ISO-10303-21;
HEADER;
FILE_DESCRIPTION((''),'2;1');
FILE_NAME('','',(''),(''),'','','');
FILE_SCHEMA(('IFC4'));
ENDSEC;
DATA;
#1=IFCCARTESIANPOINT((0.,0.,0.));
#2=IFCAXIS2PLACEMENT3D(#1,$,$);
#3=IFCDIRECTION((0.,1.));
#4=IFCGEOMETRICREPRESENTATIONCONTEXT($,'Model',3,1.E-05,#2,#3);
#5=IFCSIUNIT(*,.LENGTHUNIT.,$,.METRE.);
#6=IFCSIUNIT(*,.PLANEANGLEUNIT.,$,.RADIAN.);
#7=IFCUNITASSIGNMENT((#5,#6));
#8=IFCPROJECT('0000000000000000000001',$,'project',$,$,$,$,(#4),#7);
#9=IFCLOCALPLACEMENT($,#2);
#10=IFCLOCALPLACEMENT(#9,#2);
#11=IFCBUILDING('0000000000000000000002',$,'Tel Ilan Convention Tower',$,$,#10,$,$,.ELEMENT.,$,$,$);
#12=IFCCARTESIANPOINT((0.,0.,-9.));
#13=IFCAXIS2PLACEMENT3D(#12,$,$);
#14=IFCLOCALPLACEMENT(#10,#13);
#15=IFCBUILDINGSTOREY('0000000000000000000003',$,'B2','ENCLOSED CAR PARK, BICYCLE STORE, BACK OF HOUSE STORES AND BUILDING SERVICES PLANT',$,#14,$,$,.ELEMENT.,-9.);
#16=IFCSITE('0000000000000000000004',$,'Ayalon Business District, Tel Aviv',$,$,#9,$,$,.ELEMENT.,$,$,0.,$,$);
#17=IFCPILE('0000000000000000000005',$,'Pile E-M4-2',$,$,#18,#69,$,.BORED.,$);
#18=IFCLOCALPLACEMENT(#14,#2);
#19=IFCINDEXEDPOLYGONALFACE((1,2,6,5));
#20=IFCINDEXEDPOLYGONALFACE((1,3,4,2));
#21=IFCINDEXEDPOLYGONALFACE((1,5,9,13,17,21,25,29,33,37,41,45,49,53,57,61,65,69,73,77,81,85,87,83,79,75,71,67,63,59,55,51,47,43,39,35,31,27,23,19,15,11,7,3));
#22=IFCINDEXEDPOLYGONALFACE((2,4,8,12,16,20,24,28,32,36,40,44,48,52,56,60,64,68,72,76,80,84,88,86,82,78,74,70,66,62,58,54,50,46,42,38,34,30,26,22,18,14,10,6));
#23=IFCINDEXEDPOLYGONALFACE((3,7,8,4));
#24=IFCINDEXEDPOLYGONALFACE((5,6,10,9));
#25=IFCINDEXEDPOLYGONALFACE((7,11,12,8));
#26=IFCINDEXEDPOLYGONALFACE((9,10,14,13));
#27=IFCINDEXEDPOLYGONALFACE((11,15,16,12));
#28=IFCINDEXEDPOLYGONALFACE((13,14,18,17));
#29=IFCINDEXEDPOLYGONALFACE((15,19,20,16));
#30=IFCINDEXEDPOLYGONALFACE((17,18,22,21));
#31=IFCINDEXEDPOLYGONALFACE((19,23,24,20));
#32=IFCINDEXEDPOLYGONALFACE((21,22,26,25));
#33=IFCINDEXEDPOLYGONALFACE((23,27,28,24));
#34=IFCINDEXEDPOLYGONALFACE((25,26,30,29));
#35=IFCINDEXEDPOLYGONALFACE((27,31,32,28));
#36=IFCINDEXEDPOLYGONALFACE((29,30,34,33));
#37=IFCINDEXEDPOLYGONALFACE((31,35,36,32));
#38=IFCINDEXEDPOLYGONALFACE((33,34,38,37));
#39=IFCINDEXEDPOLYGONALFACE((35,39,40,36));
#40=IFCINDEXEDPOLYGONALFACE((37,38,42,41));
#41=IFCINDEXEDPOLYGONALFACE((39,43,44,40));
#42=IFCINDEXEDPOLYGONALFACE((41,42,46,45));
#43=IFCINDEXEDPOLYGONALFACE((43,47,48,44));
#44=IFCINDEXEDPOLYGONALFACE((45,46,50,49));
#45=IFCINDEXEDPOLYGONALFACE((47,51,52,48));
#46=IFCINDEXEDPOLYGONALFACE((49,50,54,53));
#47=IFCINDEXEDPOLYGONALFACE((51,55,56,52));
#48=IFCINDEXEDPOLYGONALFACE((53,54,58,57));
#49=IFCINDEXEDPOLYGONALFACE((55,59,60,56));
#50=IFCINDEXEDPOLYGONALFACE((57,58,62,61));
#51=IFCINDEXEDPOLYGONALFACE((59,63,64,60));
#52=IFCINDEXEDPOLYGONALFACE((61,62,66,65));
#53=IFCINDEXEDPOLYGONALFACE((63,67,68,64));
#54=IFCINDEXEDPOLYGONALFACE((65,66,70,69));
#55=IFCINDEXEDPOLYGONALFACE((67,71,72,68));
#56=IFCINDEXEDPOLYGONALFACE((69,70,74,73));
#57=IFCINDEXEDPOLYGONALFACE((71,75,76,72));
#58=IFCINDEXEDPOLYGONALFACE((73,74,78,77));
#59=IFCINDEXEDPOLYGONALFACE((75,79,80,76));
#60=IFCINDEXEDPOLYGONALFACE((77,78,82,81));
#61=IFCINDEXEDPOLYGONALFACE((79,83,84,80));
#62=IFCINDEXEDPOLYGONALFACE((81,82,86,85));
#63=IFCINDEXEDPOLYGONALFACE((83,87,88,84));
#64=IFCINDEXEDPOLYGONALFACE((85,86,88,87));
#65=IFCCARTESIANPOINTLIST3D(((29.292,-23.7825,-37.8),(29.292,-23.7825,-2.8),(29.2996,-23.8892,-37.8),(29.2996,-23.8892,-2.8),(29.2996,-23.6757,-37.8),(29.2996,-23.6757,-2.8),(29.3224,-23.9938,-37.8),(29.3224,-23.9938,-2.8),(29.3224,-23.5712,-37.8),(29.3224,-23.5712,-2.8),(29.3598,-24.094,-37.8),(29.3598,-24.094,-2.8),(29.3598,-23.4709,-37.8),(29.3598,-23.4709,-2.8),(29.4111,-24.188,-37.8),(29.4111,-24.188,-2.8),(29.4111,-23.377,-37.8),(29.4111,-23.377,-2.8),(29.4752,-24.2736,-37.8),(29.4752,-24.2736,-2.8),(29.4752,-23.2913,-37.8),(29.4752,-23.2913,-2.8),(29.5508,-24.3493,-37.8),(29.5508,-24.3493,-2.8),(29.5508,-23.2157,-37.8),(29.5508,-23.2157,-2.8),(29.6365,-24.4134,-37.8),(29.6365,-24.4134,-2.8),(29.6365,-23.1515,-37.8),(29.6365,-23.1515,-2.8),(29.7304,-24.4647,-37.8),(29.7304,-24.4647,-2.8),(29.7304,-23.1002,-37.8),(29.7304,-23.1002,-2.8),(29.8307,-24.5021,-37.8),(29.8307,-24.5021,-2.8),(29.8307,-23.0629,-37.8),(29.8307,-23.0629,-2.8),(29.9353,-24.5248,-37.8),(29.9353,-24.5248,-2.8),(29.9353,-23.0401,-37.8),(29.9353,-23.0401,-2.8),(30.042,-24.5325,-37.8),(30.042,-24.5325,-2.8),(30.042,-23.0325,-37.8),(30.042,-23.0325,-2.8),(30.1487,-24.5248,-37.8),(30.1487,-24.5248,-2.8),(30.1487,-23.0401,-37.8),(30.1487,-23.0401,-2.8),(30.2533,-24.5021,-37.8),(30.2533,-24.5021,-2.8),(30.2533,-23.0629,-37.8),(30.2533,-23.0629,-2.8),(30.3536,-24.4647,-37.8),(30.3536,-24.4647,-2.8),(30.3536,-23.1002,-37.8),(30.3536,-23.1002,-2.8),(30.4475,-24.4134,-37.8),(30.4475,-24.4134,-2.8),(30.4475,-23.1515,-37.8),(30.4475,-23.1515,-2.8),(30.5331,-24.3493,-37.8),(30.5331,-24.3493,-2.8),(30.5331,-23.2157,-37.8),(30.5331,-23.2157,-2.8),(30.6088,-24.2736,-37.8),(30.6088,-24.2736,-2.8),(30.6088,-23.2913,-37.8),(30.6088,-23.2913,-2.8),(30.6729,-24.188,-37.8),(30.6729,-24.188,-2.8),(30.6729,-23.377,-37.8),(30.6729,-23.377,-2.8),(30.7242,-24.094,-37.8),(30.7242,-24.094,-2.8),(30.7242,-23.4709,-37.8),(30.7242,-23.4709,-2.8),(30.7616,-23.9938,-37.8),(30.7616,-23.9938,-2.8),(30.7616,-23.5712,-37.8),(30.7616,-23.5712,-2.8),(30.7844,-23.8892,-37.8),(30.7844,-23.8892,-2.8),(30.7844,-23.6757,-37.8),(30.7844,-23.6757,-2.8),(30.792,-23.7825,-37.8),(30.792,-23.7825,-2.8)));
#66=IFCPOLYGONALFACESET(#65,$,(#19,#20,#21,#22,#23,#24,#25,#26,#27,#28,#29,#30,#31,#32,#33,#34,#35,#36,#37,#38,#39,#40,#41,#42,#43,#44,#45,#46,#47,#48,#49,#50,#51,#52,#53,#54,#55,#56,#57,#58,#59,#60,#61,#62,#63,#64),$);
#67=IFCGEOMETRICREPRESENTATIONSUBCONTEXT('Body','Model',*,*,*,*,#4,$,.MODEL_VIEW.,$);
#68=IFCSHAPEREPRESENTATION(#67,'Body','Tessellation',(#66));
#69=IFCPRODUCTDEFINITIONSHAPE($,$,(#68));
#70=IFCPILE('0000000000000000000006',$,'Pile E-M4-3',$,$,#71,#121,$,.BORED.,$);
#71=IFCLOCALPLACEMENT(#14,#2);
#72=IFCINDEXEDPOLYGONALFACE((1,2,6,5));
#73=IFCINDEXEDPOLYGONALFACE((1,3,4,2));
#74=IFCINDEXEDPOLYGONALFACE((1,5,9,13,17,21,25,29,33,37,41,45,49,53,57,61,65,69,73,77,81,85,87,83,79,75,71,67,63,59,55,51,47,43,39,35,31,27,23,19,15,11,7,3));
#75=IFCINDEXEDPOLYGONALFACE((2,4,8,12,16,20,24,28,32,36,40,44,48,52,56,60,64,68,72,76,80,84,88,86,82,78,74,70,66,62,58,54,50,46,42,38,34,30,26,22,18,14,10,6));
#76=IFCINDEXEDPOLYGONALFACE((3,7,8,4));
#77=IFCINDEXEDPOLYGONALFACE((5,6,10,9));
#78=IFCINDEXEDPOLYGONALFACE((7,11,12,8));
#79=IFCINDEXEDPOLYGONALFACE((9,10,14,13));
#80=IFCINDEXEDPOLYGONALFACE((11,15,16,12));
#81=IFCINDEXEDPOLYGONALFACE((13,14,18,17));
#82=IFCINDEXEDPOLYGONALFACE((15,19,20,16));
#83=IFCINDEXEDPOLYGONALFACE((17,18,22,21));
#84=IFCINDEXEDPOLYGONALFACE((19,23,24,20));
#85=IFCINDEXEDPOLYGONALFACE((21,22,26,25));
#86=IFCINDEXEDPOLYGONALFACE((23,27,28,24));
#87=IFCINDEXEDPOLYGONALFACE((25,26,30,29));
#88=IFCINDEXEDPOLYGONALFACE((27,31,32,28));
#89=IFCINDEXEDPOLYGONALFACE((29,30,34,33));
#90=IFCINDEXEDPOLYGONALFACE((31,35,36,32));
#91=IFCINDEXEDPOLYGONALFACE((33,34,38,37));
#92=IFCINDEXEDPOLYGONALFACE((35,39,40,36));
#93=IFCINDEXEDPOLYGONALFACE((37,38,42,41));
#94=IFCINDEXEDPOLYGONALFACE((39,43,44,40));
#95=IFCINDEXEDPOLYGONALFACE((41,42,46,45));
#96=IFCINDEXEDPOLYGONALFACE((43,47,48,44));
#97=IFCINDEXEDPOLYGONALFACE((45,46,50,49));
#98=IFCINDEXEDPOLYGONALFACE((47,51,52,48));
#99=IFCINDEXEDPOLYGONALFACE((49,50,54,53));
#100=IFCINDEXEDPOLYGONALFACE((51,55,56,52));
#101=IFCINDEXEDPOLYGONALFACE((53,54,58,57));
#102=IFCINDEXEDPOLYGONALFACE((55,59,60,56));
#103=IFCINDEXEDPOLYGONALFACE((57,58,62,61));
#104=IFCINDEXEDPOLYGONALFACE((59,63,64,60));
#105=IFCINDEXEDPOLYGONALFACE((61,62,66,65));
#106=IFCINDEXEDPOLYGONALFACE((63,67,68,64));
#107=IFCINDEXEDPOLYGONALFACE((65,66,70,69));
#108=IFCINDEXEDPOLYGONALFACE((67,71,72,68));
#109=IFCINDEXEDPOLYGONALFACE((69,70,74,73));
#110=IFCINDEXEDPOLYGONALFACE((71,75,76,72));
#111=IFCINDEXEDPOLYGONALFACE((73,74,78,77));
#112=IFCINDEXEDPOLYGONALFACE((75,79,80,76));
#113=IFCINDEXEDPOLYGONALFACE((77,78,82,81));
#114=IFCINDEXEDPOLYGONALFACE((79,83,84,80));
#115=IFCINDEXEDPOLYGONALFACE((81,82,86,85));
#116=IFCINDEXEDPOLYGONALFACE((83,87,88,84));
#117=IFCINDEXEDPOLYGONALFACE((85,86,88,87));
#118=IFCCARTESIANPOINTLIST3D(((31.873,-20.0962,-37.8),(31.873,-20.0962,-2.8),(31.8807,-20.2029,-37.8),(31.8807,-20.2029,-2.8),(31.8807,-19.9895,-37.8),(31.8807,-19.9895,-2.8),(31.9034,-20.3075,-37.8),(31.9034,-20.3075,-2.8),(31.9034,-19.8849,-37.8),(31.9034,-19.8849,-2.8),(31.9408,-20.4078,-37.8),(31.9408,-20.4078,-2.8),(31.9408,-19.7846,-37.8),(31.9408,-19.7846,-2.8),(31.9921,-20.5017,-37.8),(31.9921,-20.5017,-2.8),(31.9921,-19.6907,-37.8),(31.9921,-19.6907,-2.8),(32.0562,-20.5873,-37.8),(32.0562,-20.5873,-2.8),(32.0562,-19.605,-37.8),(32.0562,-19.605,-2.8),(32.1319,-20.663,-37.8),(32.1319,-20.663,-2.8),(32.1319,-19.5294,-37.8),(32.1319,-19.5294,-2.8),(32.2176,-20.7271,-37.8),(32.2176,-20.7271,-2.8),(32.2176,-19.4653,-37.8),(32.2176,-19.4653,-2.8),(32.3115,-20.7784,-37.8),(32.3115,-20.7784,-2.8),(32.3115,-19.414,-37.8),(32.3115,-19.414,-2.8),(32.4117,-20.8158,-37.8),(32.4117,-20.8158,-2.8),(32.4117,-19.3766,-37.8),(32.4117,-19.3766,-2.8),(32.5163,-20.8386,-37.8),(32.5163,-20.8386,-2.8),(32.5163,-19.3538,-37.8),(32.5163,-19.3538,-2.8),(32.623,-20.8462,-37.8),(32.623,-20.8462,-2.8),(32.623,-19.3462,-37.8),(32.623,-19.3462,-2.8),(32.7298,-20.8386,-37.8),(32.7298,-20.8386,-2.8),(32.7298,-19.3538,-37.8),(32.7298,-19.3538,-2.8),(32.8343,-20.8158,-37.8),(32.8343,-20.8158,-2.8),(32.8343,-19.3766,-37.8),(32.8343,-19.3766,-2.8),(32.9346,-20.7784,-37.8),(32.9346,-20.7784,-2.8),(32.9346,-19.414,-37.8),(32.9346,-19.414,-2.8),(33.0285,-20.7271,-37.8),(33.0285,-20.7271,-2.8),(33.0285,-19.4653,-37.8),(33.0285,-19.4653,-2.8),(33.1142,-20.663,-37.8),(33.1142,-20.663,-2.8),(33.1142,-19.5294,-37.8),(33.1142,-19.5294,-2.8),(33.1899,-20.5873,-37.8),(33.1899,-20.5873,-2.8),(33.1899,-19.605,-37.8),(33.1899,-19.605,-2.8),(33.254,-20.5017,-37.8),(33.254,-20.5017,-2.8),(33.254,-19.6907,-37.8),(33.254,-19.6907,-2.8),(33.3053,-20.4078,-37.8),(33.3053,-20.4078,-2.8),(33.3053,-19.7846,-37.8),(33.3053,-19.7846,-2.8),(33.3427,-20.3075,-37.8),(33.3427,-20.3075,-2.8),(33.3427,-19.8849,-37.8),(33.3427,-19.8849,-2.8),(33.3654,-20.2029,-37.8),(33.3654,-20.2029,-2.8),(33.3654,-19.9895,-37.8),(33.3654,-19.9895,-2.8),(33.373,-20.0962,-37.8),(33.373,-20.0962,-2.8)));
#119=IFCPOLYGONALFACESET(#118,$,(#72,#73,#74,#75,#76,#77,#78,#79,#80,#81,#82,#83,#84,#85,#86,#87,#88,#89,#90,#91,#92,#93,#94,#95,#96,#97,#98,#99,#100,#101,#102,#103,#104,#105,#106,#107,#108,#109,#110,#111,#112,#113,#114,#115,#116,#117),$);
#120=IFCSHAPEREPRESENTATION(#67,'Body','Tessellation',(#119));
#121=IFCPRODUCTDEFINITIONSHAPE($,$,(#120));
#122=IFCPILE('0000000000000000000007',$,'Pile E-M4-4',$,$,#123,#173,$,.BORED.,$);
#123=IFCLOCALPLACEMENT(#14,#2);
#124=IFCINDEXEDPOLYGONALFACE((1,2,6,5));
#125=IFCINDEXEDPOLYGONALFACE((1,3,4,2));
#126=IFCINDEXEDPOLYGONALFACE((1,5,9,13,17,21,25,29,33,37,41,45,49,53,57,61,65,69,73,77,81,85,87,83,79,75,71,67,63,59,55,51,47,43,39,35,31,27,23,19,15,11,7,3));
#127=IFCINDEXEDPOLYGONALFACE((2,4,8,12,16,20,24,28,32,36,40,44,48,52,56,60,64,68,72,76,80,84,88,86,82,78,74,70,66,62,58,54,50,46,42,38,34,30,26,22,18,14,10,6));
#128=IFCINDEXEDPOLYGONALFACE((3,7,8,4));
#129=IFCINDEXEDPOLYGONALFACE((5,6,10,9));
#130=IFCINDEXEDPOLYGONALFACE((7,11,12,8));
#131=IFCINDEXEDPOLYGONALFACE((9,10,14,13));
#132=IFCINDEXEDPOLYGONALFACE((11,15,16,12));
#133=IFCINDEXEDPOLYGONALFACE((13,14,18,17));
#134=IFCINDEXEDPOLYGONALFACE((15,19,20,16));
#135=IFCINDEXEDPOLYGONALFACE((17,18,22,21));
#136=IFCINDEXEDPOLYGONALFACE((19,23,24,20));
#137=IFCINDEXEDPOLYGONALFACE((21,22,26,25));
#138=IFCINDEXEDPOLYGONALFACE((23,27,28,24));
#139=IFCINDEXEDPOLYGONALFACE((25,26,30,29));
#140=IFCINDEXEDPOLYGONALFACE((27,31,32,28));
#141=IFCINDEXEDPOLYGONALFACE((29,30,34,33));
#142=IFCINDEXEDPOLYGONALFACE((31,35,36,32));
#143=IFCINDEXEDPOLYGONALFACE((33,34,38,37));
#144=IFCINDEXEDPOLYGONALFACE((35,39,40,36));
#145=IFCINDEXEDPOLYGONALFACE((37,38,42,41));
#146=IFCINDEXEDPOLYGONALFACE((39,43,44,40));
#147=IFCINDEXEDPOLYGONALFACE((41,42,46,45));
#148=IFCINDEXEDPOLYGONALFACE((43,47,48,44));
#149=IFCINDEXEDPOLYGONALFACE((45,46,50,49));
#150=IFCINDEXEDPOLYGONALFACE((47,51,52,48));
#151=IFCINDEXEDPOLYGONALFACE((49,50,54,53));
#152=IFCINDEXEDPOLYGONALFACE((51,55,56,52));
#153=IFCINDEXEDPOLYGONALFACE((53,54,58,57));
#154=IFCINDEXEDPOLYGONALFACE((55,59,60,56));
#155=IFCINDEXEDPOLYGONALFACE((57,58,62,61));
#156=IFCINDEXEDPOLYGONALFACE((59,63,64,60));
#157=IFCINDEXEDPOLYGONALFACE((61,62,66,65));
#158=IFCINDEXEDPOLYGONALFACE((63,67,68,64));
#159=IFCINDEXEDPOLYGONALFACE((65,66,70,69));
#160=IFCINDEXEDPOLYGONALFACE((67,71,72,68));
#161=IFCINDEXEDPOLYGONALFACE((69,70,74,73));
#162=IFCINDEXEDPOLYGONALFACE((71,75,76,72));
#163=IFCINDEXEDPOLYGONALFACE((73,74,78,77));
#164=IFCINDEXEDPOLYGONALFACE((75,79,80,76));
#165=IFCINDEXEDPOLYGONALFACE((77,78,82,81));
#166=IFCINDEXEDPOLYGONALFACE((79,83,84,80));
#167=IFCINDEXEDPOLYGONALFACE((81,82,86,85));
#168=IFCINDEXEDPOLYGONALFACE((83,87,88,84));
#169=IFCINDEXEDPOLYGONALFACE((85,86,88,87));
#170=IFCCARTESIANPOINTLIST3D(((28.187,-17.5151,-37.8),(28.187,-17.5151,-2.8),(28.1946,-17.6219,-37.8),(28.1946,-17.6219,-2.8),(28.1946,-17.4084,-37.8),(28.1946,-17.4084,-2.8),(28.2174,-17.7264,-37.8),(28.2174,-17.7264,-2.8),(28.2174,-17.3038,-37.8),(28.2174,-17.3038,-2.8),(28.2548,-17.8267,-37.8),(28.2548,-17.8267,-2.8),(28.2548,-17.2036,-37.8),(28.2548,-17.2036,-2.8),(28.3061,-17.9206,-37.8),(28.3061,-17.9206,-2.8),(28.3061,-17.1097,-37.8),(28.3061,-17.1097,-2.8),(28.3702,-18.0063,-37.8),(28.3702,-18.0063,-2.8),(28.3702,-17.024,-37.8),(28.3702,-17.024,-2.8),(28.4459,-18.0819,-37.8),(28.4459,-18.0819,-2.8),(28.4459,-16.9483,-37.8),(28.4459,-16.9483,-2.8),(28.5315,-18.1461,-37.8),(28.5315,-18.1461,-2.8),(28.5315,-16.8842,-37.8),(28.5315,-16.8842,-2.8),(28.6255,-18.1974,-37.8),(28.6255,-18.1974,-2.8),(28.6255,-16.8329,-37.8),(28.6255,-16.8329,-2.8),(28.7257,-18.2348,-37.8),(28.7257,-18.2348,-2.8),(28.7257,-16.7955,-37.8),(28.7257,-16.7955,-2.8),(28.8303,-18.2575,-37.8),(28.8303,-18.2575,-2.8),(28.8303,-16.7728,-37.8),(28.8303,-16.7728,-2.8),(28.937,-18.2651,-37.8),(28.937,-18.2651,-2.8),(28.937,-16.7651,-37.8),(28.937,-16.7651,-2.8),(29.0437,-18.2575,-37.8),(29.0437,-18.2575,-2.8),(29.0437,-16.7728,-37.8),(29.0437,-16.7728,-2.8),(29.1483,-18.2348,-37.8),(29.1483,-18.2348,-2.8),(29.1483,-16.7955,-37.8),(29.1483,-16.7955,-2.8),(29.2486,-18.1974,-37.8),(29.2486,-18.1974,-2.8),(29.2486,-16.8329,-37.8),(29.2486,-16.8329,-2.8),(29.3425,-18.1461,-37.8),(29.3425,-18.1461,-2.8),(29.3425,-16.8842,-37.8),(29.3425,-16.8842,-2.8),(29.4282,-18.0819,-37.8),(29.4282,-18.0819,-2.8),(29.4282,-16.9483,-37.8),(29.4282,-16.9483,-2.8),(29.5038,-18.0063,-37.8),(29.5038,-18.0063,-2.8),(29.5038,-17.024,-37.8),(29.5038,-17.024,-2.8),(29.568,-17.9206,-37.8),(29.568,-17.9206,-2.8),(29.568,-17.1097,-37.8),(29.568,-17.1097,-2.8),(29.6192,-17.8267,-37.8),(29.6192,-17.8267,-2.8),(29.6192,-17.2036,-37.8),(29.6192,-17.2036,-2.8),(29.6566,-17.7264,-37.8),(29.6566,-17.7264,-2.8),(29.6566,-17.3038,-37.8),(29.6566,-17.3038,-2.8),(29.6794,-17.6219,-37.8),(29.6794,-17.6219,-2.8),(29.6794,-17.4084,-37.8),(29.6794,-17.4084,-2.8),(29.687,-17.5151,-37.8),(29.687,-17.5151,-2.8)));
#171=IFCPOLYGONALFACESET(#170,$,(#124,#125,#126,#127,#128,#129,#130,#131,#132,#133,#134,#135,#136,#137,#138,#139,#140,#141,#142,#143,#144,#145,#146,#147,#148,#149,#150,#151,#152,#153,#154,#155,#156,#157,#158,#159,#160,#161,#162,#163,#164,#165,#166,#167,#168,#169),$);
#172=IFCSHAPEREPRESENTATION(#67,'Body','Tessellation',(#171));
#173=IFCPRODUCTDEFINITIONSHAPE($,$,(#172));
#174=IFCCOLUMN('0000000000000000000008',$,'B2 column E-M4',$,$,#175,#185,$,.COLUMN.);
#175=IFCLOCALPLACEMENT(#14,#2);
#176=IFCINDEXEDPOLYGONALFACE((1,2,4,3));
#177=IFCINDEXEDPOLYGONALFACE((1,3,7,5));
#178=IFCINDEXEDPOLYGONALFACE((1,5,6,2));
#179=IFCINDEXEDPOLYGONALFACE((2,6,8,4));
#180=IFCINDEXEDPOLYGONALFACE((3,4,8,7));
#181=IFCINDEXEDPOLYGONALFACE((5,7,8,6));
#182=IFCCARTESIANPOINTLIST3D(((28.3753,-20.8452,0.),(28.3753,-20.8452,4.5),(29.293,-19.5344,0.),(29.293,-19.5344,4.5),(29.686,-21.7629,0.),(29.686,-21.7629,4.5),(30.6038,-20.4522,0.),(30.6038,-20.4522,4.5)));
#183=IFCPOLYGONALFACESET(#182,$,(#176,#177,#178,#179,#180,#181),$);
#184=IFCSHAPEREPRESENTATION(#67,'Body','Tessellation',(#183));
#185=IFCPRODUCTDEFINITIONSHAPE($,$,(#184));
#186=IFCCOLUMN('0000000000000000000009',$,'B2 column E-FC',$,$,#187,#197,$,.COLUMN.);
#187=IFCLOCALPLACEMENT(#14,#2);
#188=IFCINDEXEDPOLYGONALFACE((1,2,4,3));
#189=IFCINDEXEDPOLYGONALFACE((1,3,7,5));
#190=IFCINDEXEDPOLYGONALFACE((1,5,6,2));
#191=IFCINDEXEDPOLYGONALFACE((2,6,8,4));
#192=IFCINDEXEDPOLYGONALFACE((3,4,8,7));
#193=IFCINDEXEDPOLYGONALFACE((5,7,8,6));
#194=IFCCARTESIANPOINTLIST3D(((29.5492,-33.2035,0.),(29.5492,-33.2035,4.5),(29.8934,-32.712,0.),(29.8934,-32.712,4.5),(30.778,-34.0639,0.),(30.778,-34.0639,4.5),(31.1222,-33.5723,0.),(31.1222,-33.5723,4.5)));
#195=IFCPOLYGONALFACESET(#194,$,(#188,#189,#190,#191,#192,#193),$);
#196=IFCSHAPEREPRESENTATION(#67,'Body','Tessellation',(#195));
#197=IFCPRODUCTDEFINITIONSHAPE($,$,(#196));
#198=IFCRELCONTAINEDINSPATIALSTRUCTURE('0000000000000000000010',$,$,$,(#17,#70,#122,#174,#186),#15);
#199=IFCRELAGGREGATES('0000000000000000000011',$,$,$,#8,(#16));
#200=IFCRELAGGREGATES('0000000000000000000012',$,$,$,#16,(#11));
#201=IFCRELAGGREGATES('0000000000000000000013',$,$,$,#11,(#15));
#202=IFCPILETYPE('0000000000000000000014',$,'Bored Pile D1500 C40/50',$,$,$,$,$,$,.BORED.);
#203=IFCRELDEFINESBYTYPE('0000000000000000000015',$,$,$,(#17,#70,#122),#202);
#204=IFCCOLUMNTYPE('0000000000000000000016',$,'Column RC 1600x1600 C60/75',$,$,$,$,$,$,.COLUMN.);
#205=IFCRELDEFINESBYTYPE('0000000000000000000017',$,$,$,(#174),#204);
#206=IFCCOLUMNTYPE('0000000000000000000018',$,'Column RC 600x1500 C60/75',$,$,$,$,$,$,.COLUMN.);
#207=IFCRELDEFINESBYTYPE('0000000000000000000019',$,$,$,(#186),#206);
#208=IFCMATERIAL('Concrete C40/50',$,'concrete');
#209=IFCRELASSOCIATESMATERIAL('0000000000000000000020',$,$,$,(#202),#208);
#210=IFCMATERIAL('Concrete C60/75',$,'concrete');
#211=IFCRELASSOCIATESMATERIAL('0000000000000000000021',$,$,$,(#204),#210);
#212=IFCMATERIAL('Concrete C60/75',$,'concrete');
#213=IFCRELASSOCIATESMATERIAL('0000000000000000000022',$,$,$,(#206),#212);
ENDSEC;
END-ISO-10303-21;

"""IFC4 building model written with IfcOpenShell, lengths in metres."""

from ifc_helpers import new_model, si_unit, direction, frame, origin, origin_2d, place, context, subcontext, project, spatial, rectangle, circle, extrude, material, material_profile, profile_set, type_object, element, save


model = new_model("IFC4")

# Units and contexts
model_context = context("Model", 3, precision=1e-05, world=origin(), true_north=direction((0.0, 1.0)))
body_context = subcontext(model_context, "Body", "Model", "MODEL_VIEW")
ifc_project = project(units=[si_unit("LENGTHUNIT", "METRE"), si_unit("PLANEANGLEUNIT", "RADIAN")], contexts=[model_context])

# Site, building, storey
site_placement = place(None, origin())
site = spatial("IfcSite", under=ifc_project, at=site_placement, Name="Ayalon Business District, Tel Aviv", CompositionType="ELEMENT", RefElevation=0.0)
building_placement = place(site_placement, origin())
building = spatial("IfcBuilding", under=site, at=building_placement, Name="Tel Ilan Convention Tower", CompositionType="ELEMENT")
storey_placement = place(building_placement, frame((0.0, 0.0, -9.0)))
storey = spatial("IfcBuildingStorey", under=building, at=storey_placement, Name="B2", Description="ENCLOSED CAR PARK, BICYCLE STORE, BACK OF HOUSE STORES AND BUILDING SERVICES PLANT", CompositionType="ELEMENT", Elevation=-9.0)

# Piles
ifc_material_1 = material(Name="Concrete C40/50", Category="concrete")
ifc_material_profile_1 = material_profile(ifc_material_1, circle(Radius=0.75, at=origin_2d()), Name="BORED D1500")
ifc_profile_set_1 = profile_set([ifc_material_profile_1], Name="Concrete C40/50")
pile_type_1 = type_object("IfcPileType", Name="Bored Pile D1500 C40/50", PredefinedType="BORED", material=ifc_profile_set_1)
for number, where, z_axis, x_axis, name in (
    (1, (30.042, -23.7825, -2.8), (0.0, 0.0, -1.0), (1.0, 0.0, 0.0), "Pile E-M4-2"),
    (2, (32.623, -20.0962, -2.8), (0.0, 0.0, -1.0), (1.0, 0.0, 0.0), "Pile E-M4-3"),
    (3, (28.937, -17.5151, -2.8), (0.0, 0.0, -1.0), (1.0, 0.0, 0.0), "Pile E-M4-4"),
):
    element("IfcPile", number, at=place(storey_placement, frame(where, z_axis=z_axis, x_axis=x_axis)), inside=storey, type_object=pile_type_1, Name=name, PredefinedType="BORED", context=body_context, shape_type="SweptSolid", body=[
        extrude(circle(Radius=0.75, at=origin_2d()), origin(), (0.0, 0.0, 1.0), 35.0),
    ])

# Columns
ifc_material_2 = material(Name="Concrete C60/75", Category="concrete")
ifc_material_profile_2 = material_profile(ifc_material_2, rectangle(XDim=1.6001, YDim=1.6001, at=origin_2d()), Name="RC 1600x1600")
ifc_profile_set_2 = profile_set([ifc_material_profile_2], Name="Concrete C60/75")
column_type_1 = type_object("IfcColumnType", Name="Column RC 1600x1600 C60/75", PredefinedType="COLUMN", material=ifc_profile_set_2)
column_placement = place(storey_placement, frame((29.4895, -20.6487, 0.0), z_axis=(0.0, 0.0, 1.0), x_axis=(0.819152, -0.573576, 0.0)))
element("IfcColumn", 4, at=column_placement, inside=storey, type_object=column_type_1, Name="B2 column E-M4", PredefinedType="COLUMN", context=body_context, shape_type="SweptSolid", body=[
    extrude(rectangle(XDim=1.6001, YDim=1.6001, at=origin_2d()), origin(), (0.0, 0.0, 1.0), 4.5),
])
ifc_material_3 = material(Name="Concrete C60/75", Category="concrete")
ifc_material_profile_3 = material_profile(ifc_material_3, rectangle(XDim=1.5, YDim=0.6001, at=origin_2d()), Name="RC 600x1500")
ifc_profile_set_3 = profile_set([ifc_material_profile_3], Name="Concrete C60/75")
column_type_2 = type_object("IfcColumnType", Name="Column RC 600x1500 C60/75", PredefinedType="COLUMN", material=ifc_profile_set_3)
for number, where, z_axis, x_axis, name in (
    (5, (30.3357, -33.3879, 0.0), (0.0, 0.0, 1.0), (0.819152, -0.573576, 0.0), "B2 column E-FC"),
):
    element("IfcColumn", number, at=place(storey_placement, frame(where, z_axis=z_axis, x_axis=x_axis)), inside=storey, type_object=column_type_2, Name=name, PredefinedType="COLUMN", context=body_context, shape_type="SweptSolid", body=[
        extrude(rectangle(XDim=1.5, YDim=0.6001, at=origin_2d()), origin(), (0.0, 0.0, 1.0), 4.5),
    ])

save(model, "model.ifc")
